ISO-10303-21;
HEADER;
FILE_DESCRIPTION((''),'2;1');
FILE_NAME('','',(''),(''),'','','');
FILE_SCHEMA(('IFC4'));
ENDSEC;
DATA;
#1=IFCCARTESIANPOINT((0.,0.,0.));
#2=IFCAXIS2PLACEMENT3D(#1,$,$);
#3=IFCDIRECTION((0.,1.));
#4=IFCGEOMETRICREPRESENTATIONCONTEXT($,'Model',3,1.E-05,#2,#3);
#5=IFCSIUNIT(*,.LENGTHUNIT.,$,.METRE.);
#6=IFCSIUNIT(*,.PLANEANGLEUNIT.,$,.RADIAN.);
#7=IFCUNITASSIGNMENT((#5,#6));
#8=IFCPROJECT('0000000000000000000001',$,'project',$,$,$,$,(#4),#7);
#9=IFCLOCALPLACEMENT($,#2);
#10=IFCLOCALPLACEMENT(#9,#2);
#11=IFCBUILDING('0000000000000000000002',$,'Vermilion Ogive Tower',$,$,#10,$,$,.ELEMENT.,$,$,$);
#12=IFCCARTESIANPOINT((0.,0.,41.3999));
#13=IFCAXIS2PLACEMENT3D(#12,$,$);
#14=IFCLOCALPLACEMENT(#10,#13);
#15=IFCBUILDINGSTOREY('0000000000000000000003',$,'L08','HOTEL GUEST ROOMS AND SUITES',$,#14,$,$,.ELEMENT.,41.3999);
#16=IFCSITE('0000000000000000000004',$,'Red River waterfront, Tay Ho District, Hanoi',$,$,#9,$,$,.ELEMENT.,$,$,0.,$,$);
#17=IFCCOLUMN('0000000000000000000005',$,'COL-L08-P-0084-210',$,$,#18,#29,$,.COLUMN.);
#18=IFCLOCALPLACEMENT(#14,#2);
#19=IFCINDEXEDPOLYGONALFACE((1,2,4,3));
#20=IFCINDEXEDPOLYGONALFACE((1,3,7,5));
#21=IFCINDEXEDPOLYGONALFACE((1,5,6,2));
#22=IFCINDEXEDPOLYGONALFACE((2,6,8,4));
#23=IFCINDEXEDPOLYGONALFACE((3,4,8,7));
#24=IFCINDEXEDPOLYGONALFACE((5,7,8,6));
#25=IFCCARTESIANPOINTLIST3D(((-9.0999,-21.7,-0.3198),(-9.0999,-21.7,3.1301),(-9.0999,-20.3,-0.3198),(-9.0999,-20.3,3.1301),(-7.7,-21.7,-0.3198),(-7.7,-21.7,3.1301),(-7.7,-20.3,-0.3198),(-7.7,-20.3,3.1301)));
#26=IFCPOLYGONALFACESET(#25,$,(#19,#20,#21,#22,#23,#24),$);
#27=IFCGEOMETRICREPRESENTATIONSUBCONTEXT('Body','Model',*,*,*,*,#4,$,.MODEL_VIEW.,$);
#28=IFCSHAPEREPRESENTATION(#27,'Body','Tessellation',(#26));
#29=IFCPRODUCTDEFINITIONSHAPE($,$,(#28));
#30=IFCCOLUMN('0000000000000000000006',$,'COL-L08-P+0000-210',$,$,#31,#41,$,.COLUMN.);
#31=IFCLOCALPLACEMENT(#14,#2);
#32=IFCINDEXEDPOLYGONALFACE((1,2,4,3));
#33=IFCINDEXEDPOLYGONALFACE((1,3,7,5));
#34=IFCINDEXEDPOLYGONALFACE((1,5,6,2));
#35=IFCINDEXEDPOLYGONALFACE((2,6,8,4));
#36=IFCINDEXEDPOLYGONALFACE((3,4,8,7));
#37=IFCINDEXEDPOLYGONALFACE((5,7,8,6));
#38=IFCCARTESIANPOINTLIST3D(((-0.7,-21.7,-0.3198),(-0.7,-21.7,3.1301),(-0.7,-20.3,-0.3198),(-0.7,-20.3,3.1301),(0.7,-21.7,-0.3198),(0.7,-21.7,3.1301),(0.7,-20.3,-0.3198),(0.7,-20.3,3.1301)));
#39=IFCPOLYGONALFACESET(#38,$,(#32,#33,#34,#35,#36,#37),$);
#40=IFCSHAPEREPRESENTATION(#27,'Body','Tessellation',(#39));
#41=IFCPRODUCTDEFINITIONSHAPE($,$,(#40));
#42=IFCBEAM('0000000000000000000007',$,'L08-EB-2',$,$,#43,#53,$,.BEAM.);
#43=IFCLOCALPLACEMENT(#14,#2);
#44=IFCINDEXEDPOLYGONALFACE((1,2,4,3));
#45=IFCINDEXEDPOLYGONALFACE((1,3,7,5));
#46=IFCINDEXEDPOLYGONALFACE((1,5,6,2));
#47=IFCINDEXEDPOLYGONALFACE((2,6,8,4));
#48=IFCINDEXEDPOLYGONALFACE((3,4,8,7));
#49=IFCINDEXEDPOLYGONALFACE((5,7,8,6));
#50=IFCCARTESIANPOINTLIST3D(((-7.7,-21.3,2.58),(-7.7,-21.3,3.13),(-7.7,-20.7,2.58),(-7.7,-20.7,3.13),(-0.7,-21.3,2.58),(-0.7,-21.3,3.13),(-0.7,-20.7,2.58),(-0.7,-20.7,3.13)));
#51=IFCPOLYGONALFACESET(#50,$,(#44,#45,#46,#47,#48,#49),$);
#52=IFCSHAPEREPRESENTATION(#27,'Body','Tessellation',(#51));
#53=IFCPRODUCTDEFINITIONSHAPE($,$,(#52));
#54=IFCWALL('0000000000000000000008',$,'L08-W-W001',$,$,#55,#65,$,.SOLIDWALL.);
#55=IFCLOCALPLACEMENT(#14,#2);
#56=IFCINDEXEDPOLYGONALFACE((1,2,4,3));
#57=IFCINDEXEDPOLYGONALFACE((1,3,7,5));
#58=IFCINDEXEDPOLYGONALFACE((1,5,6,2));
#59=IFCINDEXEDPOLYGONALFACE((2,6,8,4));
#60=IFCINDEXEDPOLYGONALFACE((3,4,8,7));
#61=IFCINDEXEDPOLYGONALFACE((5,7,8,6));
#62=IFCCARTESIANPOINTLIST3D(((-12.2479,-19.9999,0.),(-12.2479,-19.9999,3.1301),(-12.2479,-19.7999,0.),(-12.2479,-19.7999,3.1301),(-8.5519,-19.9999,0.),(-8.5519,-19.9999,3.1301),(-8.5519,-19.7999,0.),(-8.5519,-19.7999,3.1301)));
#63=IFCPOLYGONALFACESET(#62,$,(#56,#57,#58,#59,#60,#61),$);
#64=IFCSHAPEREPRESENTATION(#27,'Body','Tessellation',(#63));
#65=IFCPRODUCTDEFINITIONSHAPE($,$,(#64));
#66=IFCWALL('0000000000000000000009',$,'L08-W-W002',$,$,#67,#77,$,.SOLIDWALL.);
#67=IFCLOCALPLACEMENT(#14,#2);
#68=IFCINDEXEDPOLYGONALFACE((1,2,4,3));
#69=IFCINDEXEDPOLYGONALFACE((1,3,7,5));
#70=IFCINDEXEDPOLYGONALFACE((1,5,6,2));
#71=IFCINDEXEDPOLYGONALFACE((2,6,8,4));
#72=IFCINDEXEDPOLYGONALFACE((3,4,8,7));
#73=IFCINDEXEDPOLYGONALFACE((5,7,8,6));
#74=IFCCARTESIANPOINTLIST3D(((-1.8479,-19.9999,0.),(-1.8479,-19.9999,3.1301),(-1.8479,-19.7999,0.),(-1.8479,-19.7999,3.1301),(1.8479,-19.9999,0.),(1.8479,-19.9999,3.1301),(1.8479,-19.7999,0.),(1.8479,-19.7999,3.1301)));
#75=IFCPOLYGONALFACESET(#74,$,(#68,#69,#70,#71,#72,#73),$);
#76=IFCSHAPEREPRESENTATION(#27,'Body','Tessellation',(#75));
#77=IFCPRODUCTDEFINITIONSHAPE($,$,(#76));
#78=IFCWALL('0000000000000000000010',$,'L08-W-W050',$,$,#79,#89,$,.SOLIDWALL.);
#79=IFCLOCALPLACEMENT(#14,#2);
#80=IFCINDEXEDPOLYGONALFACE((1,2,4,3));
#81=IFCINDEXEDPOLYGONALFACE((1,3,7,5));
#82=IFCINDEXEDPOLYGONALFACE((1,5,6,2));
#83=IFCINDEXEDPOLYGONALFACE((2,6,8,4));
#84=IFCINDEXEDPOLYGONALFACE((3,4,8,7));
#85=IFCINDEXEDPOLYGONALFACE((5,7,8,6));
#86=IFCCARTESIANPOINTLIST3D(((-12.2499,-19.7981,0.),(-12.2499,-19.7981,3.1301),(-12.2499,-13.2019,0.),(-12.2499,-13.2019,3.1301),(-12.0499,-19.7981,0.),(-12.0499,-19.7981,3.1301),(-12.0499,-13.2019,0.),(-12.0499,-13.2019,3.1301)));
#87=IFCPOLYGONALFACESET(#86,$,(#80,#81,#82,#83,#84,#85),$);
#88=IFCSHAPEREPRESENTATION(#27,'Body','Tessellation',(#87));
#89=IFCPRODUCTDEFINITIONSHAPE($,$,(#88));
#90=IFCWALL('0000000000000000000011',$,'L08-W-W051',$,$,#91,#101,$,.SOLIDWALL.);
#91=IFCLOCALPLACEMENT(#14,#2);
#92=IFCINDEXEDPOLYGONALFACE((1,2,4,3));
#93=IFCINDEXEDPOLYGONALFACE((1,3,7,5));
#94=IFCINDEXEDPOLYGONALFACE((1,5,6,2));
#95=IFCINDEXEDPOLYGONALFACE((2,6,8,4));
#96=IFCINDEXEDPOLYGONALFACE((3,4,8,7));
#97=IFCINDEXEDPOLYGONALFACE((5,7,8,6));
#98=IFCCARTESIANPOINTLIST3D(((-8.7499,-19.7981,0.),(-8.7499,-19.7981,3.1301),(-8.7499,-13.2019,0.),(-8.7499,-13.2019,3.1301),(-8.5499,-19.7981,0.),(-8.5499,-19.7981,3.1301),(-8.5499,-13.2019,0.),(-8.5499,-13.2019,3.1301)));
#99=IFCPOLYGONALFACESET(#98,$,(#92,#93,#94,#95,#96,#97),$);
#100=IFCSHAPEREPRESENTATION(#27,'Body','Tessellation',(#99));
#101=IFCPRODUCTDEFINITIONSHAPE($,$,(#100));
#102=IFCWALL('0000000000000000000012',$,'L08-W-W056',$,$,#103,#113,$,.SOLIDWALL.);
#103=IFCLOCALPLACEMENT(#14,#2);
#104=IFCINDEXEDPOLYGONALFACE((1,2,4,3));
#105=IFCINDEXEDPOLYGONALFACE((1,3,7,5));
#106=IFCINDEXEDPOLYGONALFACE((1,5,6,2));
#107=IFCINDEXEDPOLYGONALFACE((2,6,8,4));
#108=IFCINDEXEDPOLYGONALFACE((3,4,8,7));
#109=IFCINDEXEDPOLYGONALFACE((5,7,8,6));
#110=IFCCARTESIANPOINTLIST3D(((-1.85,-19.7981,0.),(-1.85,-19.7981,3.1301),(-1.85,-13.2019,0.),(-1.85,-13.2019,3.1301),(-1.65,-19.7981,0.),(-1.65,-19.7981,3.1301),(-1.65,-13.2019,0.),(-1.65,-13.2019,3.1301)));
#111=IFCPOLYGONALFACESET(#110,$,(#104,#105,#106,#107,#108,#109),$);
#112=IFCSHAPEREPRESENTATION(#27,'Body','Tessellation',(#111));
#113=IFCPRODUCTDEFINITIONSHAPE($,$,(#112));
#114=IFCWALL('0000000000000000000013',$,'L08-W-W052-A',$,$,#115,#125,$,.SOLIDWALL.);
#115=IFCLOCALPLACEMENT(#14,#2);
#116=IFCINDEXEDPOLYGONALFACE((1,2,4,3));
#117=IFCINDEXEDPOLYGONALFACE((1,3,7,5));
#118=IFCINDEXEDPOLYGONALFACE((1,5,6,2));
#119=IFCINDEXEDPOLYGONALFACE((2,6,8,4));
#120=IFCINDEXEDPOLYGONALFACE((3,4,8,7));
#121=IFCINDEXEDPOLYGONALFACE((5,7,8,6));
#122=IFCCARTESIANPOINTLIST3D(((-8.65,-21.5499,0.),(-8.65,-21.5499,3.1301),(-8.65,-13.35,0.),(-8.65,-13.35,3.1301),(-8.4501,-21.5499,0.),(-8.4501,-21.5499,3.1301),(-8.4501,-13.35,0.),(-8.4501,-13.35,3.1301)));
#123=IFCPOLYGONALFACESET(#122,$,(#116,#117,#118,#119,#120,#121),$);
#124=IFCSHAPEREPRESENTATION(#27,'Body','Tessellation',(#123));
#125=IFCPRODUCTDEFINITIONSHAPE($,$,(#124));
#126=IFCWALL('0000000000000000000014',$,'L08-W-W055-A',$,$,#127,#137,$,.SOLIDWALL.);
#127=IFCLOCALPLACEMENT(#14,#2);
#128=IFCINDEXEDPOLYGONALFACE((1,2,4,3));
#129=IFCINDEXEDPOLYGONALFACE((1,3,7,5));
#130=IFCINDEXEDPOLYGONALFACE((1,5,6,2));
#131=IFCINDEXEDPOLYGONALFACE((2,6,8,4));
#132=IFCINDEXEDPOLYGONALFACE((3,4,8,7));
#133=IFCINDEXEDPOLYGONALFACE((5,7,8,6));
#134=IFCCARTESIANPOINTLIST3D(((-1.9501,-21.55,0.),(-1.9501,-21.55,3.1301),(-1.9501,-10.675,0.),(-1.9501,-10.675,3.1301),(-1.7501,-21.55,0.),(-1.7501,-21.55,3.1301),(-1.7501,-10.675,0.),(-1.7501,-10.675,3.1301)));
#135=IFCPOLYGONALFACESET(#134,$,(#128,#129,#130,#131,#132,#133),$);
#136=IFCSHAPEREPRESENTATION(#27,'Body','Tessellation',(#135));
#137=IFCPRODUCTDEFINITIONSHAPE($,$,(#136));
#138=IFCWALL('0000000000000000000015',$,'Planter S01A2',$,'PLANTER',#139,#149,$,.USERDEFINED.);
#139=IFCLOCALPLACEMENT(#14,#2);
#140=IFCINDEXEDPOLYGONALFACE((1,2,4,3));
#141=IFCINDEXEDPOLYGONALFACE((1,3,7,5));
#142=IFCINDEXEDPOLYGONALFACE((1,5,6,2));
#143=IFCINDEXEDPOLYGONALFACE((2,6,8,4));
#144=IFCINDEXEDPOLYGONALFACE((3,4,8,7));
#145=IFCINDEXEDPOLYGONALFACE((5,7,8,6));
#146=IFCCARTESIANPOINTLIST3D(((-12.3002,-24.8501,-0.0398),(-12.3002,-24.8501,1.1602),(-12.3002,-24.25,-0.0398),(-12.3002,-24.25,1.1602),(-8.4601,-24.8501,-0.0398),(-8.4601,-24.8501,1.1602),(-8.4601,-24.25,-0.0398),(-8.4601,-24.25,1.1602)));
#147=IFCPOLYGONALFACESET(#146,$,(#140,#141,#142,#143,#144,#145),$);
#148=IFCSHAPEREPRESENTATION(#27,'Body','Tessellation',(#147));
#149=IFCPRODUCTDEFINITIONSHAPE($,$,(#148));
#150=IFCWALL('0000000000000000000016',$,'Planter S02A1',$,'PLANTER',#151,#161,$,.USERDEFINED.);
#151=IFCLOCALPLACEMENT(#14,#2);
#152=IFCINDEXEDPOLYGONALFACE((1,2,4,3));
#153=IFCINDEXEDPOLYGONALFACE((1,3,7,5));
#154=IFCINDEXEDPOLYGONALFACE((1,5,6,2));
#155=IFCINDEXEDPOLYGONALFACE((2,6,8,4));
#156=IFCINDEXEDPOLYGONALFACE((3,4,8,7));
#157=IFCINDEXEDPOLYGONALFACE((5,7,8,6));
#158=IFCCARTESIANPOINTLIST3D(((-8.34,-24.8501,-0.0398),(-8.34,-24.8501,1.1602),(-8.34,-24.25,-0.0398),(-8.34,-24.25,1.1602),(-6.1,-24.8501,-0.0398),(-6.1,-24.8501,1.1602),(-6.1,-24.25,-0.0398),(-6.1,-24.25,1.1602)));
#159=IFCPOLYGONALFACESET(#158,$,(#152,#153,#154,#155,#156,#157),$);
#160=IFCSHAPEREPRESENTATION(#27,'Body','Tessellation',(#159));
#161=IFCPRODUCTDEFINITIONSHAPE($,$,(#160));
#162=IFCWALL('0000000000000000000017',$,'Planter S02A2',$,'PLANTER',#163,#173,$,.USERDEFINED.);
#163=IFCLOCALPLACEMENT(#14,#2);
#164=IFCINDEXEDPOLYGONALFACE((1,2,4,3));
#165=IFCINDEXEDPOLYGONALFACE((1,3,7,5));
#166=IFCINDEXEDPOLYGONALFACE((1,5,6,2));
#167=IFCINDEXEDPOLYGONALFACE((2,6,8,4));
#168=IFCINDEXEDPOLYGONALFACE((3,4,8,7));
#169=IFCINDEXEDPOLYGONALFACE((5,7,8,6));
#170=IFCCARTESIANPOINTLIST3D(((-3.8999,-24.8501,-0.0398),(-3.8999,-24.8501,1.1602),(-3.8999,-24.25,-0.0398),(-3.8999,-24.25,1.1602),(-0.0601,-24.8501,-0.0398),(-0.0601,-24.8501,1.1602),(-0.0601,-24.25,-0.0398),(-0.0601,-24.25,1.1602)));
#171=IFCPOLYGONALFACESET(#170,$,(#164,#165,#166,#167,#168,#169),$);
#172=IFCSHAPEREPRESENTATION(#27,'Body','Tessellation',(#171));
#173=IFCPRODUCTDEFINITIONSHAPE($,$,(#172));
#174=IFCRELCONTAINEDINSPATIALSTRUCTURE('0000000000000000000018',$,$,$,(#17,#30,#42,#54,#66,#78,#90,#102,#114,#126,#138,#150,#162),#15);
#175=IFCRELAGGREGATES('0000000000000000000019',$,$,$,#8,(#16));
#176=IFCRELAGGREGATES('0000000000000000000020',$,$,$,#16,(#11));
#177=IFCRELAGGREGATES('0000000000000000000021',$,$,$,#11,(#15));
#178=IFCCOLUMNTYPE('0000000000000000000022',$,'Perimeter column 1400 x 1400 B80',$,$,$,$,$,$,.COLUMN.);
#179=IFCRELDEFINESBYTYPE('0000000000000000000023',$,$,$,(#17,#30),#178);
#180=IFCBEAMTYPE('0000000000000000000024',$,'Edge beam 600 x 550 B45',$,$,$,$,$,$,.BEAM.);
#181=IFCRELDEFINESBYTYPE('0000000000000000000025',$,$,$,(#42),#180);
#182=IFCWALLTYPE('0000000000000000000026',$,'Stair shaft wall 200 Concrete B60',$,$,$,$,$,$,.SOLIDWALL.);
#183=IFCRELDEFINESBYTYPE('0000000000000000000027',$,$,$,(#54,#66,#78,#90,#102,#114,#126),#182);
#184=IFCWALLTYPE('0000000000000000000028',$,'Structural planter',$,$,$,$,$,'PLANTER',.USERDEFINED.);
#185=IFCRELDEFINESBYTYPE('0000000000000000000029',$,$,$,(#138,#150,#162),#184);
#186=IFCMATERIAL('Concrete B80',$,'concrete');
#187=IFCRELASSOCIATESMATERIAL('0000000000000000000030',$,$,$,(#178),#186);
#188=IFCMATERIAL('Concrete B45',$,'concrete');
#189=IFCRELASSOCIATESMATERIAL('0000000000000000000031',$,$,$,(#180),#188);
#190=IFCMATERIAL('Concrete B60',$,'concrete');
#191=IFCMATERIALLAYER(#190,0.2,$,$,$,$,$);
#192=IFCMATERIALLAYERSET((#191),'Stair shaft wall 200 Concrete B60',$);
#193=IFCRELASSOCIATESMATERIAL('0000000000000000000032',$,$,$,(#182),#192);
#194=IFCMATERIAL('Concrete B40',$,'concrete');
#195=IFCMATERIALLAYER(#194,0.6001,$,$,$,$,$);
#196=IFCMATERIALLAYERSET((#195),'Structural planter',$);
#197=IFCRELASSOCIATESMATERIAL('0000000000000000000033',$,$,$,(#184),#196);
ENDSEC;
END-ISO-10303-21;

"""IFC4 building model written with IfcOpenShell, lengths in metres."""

from ifc_helpers import new_model, si_unit, direction, frame, frame_2d, origin, origin_2d, place, context, subcontext, project, spatial, rectangle, extrude, material, layer, layer_set, material_profile, profile_set, type_object, element, save


model = new_model("IFC4")

# Units and contexts
model_context = context("Model", 3, precision=1e-05, world=origin(), true_north=direction((0.0, 1.0)))
body_context = subcontext(model_context, "Body", "Model", "MODEL_VIEW")
ifc_project = project(units=[si_unit("LENGTHUNIT", "METRE"), si_unit("PLANEANGLEUNIT", "RADIAN")], contexts=[model_context])

# Site, building, storey
site_placement = place(None, origin())
site = spatial("IfcSite", under=ifc_project, at=site_placement, Name="Red River waterfront, Tay Ho District, Hanoi", CompositionType="ELEMENT", RefElevation=0.0)
building_placement = place(site_placement, origin())
building = spatial("IfcBuilding", under=site, at=building_placement, Name="Vermilion Ogive Tower", CompositionType="ELEMENT")
storey_placement = place(building_placement, frame((0.0, 0.0, 41.3999)))
storey = spatial("IfcBuildingStorey", under=building, at=storey_placement, Name="L08", Description="HOTEL GUEST ROOMS AND SUITES", CompositionType="ELEMENT", Elevation=41.3999)

# Columns
ifc_material_1 = material(Name="Concrete B80", Category="concrete")
ifc_material_profile_1 = material_profile(ifc_material_1, rectangle(XDim=1.3999, YDim=1.3999, at=origin_2d()), Name="1400 x 1400")
ifc_profile_set_1 = profile_set([ifc_material_profile_1], Name="Concrete B80")
column_type = type_object("IfcColumnType", Name="Perimeter column 1400 x 1400 B80", PredefinedType="COLUMN", material=ifc_profile_set_1)
for number, where, z_axis, x_axis, name in (
    (1, (-8.3999, -21.0, -0.3198), (0.0, 0.0, 1.0), (1.0, 0.0, 0.0), "COL-L08-P-0084-210"),
    (2, (0.0, -21.0, -0.3198), (0.0, 0.0, 1.0), (1.0, 0.0, 0.0), "COL-L08-P+0000-210"),
):
    element("IfcColumn", number, at=place(storey_placement, frame(where, z_axis=z_axis, x_axis=x_axis)), inside=storey, type_object=column_type, Name=name, PredefinedType="COLUMN", context=body_context, shape_type="SweptSolid", body=[
        extrude(rectangle(XDim=1.3999, YDim=1.3999, at=origin_2d()), origin(), (0.0, 0.0, 1.0), 3.45),
    ])

# Beam
ifc_material_2 = material(Name="Concrete B45", Category="concrete")
ifc_material_profile_2 = material_profile(ifc_material_2, rectangle(XDim=0.6001, YDim=0.55, at=origin_2d()), Name="600 x 550")
ifc_profile_set_2 = profile_set([ifc_material_profile_2], Name="Concrete B45")
beam_type = type_object("IfcBeamType", Name="Edge beam 600 x 550 B45", PredefinedType="BEAM", material=ifc_profile_set_2)
beam_placement = place(storey_placement, frame((-7.7, -21.0, 2.855), z_axis=(1.0, 0.0, 0.0), x_axis=(0.0, 1.0, 0.0)))
element("IfcBeam", 3, at=beam_placement, inside=storey, type_object=beam_type, Name="L08-EB-2", PredefinedType="BEAM", context=body_context, shape_type="SweptSolid", body=[
    extrude(rectangle(XDim=0.6001, YDim=0.55, at=origin_2d()), origin(), (0.0, 0.0, 1.0), 7.0),
])

# Walls
ifc_material_3 = material(Name="Concrete B60", Category="concrete")
ifc_layer_1 = layer(ifc_material_3, 0.2)
ifc_layer_set_1 = layer_set([ifc_layer_1], Name="Stair shaft wall 200 Concrete B60")
wall_type_1 = type_object("IfcWallType", Name="Stair shaft wall 200 Concrete B60", PredefinedType="SOLIDWALL", material=ifc_layer_set_1)
wall_1_placement = place(storey_placement, frame((-12.248, -19.8999, 0.0), z_axis=(0.0, 0.0, 1.0), x_axis=(1.0, 0.0, 0.0)))
element("IfcWall", 4, at=wall_1_placement, inside=storey, type_object=wall_type_1, Name="L08-W-W001", PredefinedType="SOLIDWALL", context=body_context, shape_type="SweptSolid", body=[
    extrude(rectangle(XDim=3.696, YDim=0.2, at=frame_2d((1.8481, 0.0))), origin(), (0.0, 0.0, 1.0), 3.1301),
])
wall_2_placement = place(storey_placement, frame((-1.8479, -19.8999, 0.0), z_axis=(0.0, 0.0, 1.0), x_axis=(1.0, 0.0, 0.0)))
element("IfcWall", 5, at=wall_2_placement, inside=storey, type_object=wall_type_1, Name="L08-W-W002", PredefinedType="SOLIDWALL", context=body_context, shape_type="SweptSolid", body=[
    extrude(rectangle(XDim=3.6958, YDim=0.2, at=frame_2d((1.8479, 0.0))), origin(), (0.0, 0.0, 1.0), 3.1301),
])
for number, where, z_axis, x_axis, name in (
    (6, (-12.1499, -19.7981, 0.0), (0.0, 0.0, 1.0), (0.0, 1.0, 0.0), "L08-W-W050"),
    (7, (-8.6499, -19.7981, 0.0), (0.0, 0.0, 1.0), (0.0, 1.0, 0.0), "L08-W-W051"),
    (8, (-1.75, -19.7981, 0.0), (0.0, 0.0, 1.0), (0.0, 1.0, 0.0), "L08-W-W056"),
):
    element("IfcWall", number, at=place(storey_placement, frame(where, z_axis=z_axis, x_axis=x_axis)), inside=storey, type_object=wall_type_1, Name=name, PredefinedType="SOLIDWALL", context=body_context, shape_type="SweptSolid", body=[
        extrude(rectangle(XDim=6.5962, YDim=0.2, at=frame_2d((3.2981, 0.0))), origin(), (0.0, 0.0, 1.0), 3.1301),
    ])
wall_3_placement = place(storey_placement, frame((-8.55, -21.55, 0.0), z_axis=(0.0, 0.0, 1.0), x_axis=(0.0, 1.0, 0.0)))
element("IfcWall", 9, at=wall_3_placement, inside=storey, type_object=wall_type_1, Name="L08-W-W052-A", PredefinedType="SOLIDWALL", context=body_context, shape_type="SweptSolid", body=[
    extrude(rectangle(XDim=8.2, YDim=0.2, at=frame_2d((4.1001, 0.0))), origin(), (0.0, 0.0, 1.0), 3.1301),
])
wall_4_placement = place(storey_placement, frame((-1.8501, -21.55, 0.0), z_axis=(0.0, 0.0, 1.0), x_axis=(0.0, 1.0, 0.0)))
element("IfcWall", 10, at=wall_4_placement, inside=storey, type_object=wall_type_1, Name="L08-W-W055-A", PredefinedType="SOLIDWALL", context=body_context, shape_type="SweptSolid", body=[
    extrude(rectangle(XDim=10.875, YDim=0.2, at=frame_2d((5.4375, 0.0))), origin(), (0.0, 0.0, 1.0), 3.1301),
])
ifc_material_4 = material(Name="Concrete B40", Category="concrete")
ifc_layer_2 = layer(ifc_material_4, 0.6001)
ifc_layer_set_2 = layer_set([ifc_layer_2], Name="Structural planter")
wall_type_2 = type_object("IfcWallType", Name="Structural planter", ElementType="PLANTER", PredefinedType="USERDEFINED", material=ifc_layer_set_2)
wall_5_placement = place(storey_placement, frame((-12.3, -24.55, -0.0398), z_axis=(0.0, 0.0, 1.0), x_axis=(1.0, 0.0, 0.0)))
element("IfcWall", 11, at=wall_5_placement, inside=storey, type_object=wall_type_2, Name="Planter S01A2", ObjectType="PLANTER", PredefinedType="USERDEFINED", context=body_context, shape_type="SweptSolid", body=[
    extrude(rectangle(XDim=3.8401, YDim=0.6001, at=frame_2d((1.9199, 0.0))), origin(), (0.0, 0.0, 1.0), 1.2),
])
wall_6_placement = place(storey_placement, frame((-8.3401, -24.55, -0.0398), z_axis=(0.0, 0.0, 1.0), x_axis=(1.0, 0.0, 0.0)))
element("IfcWall", 12, at=wall_6_placement, inside=storey, type_object=wall_type_2, Name="Planter S02A1", ObjectType="PLANTER", PredefinedType="USERDEFINED", context=body_context, shape_type="SweptSolid", body=[
    extrude(rectangle(XDim=2.24, YDim=0.6001, at=frame_2d((1.1201, 0.0))), origin(), (0.0, 0.0, 1.0), 1.2),
])
wall_7_placement = place(storey_placement, frame((-3.8999, -24.55, -0.0398), z_axis=(0.0, 0.0, 1.0), x_axis=(1.0, 0.0, 0.0)))
element("IfcWall", 13, at=wall_7_placement, inside=storey, type_object=wall_type_2, Name="Planter S02A2", ObjectType="PLANTER", PredefinedType="USERDEFINED", context=body_context, shape_type="SweptSolid", body=[
    extrude(rectangle(XDim=3.8398, YDim=0.6001, at=frame_2d((1.9199, 0.0))), origin(), (0.0, 0.0, 1.0), 1.2),
])

save(model, "model.ifc")
